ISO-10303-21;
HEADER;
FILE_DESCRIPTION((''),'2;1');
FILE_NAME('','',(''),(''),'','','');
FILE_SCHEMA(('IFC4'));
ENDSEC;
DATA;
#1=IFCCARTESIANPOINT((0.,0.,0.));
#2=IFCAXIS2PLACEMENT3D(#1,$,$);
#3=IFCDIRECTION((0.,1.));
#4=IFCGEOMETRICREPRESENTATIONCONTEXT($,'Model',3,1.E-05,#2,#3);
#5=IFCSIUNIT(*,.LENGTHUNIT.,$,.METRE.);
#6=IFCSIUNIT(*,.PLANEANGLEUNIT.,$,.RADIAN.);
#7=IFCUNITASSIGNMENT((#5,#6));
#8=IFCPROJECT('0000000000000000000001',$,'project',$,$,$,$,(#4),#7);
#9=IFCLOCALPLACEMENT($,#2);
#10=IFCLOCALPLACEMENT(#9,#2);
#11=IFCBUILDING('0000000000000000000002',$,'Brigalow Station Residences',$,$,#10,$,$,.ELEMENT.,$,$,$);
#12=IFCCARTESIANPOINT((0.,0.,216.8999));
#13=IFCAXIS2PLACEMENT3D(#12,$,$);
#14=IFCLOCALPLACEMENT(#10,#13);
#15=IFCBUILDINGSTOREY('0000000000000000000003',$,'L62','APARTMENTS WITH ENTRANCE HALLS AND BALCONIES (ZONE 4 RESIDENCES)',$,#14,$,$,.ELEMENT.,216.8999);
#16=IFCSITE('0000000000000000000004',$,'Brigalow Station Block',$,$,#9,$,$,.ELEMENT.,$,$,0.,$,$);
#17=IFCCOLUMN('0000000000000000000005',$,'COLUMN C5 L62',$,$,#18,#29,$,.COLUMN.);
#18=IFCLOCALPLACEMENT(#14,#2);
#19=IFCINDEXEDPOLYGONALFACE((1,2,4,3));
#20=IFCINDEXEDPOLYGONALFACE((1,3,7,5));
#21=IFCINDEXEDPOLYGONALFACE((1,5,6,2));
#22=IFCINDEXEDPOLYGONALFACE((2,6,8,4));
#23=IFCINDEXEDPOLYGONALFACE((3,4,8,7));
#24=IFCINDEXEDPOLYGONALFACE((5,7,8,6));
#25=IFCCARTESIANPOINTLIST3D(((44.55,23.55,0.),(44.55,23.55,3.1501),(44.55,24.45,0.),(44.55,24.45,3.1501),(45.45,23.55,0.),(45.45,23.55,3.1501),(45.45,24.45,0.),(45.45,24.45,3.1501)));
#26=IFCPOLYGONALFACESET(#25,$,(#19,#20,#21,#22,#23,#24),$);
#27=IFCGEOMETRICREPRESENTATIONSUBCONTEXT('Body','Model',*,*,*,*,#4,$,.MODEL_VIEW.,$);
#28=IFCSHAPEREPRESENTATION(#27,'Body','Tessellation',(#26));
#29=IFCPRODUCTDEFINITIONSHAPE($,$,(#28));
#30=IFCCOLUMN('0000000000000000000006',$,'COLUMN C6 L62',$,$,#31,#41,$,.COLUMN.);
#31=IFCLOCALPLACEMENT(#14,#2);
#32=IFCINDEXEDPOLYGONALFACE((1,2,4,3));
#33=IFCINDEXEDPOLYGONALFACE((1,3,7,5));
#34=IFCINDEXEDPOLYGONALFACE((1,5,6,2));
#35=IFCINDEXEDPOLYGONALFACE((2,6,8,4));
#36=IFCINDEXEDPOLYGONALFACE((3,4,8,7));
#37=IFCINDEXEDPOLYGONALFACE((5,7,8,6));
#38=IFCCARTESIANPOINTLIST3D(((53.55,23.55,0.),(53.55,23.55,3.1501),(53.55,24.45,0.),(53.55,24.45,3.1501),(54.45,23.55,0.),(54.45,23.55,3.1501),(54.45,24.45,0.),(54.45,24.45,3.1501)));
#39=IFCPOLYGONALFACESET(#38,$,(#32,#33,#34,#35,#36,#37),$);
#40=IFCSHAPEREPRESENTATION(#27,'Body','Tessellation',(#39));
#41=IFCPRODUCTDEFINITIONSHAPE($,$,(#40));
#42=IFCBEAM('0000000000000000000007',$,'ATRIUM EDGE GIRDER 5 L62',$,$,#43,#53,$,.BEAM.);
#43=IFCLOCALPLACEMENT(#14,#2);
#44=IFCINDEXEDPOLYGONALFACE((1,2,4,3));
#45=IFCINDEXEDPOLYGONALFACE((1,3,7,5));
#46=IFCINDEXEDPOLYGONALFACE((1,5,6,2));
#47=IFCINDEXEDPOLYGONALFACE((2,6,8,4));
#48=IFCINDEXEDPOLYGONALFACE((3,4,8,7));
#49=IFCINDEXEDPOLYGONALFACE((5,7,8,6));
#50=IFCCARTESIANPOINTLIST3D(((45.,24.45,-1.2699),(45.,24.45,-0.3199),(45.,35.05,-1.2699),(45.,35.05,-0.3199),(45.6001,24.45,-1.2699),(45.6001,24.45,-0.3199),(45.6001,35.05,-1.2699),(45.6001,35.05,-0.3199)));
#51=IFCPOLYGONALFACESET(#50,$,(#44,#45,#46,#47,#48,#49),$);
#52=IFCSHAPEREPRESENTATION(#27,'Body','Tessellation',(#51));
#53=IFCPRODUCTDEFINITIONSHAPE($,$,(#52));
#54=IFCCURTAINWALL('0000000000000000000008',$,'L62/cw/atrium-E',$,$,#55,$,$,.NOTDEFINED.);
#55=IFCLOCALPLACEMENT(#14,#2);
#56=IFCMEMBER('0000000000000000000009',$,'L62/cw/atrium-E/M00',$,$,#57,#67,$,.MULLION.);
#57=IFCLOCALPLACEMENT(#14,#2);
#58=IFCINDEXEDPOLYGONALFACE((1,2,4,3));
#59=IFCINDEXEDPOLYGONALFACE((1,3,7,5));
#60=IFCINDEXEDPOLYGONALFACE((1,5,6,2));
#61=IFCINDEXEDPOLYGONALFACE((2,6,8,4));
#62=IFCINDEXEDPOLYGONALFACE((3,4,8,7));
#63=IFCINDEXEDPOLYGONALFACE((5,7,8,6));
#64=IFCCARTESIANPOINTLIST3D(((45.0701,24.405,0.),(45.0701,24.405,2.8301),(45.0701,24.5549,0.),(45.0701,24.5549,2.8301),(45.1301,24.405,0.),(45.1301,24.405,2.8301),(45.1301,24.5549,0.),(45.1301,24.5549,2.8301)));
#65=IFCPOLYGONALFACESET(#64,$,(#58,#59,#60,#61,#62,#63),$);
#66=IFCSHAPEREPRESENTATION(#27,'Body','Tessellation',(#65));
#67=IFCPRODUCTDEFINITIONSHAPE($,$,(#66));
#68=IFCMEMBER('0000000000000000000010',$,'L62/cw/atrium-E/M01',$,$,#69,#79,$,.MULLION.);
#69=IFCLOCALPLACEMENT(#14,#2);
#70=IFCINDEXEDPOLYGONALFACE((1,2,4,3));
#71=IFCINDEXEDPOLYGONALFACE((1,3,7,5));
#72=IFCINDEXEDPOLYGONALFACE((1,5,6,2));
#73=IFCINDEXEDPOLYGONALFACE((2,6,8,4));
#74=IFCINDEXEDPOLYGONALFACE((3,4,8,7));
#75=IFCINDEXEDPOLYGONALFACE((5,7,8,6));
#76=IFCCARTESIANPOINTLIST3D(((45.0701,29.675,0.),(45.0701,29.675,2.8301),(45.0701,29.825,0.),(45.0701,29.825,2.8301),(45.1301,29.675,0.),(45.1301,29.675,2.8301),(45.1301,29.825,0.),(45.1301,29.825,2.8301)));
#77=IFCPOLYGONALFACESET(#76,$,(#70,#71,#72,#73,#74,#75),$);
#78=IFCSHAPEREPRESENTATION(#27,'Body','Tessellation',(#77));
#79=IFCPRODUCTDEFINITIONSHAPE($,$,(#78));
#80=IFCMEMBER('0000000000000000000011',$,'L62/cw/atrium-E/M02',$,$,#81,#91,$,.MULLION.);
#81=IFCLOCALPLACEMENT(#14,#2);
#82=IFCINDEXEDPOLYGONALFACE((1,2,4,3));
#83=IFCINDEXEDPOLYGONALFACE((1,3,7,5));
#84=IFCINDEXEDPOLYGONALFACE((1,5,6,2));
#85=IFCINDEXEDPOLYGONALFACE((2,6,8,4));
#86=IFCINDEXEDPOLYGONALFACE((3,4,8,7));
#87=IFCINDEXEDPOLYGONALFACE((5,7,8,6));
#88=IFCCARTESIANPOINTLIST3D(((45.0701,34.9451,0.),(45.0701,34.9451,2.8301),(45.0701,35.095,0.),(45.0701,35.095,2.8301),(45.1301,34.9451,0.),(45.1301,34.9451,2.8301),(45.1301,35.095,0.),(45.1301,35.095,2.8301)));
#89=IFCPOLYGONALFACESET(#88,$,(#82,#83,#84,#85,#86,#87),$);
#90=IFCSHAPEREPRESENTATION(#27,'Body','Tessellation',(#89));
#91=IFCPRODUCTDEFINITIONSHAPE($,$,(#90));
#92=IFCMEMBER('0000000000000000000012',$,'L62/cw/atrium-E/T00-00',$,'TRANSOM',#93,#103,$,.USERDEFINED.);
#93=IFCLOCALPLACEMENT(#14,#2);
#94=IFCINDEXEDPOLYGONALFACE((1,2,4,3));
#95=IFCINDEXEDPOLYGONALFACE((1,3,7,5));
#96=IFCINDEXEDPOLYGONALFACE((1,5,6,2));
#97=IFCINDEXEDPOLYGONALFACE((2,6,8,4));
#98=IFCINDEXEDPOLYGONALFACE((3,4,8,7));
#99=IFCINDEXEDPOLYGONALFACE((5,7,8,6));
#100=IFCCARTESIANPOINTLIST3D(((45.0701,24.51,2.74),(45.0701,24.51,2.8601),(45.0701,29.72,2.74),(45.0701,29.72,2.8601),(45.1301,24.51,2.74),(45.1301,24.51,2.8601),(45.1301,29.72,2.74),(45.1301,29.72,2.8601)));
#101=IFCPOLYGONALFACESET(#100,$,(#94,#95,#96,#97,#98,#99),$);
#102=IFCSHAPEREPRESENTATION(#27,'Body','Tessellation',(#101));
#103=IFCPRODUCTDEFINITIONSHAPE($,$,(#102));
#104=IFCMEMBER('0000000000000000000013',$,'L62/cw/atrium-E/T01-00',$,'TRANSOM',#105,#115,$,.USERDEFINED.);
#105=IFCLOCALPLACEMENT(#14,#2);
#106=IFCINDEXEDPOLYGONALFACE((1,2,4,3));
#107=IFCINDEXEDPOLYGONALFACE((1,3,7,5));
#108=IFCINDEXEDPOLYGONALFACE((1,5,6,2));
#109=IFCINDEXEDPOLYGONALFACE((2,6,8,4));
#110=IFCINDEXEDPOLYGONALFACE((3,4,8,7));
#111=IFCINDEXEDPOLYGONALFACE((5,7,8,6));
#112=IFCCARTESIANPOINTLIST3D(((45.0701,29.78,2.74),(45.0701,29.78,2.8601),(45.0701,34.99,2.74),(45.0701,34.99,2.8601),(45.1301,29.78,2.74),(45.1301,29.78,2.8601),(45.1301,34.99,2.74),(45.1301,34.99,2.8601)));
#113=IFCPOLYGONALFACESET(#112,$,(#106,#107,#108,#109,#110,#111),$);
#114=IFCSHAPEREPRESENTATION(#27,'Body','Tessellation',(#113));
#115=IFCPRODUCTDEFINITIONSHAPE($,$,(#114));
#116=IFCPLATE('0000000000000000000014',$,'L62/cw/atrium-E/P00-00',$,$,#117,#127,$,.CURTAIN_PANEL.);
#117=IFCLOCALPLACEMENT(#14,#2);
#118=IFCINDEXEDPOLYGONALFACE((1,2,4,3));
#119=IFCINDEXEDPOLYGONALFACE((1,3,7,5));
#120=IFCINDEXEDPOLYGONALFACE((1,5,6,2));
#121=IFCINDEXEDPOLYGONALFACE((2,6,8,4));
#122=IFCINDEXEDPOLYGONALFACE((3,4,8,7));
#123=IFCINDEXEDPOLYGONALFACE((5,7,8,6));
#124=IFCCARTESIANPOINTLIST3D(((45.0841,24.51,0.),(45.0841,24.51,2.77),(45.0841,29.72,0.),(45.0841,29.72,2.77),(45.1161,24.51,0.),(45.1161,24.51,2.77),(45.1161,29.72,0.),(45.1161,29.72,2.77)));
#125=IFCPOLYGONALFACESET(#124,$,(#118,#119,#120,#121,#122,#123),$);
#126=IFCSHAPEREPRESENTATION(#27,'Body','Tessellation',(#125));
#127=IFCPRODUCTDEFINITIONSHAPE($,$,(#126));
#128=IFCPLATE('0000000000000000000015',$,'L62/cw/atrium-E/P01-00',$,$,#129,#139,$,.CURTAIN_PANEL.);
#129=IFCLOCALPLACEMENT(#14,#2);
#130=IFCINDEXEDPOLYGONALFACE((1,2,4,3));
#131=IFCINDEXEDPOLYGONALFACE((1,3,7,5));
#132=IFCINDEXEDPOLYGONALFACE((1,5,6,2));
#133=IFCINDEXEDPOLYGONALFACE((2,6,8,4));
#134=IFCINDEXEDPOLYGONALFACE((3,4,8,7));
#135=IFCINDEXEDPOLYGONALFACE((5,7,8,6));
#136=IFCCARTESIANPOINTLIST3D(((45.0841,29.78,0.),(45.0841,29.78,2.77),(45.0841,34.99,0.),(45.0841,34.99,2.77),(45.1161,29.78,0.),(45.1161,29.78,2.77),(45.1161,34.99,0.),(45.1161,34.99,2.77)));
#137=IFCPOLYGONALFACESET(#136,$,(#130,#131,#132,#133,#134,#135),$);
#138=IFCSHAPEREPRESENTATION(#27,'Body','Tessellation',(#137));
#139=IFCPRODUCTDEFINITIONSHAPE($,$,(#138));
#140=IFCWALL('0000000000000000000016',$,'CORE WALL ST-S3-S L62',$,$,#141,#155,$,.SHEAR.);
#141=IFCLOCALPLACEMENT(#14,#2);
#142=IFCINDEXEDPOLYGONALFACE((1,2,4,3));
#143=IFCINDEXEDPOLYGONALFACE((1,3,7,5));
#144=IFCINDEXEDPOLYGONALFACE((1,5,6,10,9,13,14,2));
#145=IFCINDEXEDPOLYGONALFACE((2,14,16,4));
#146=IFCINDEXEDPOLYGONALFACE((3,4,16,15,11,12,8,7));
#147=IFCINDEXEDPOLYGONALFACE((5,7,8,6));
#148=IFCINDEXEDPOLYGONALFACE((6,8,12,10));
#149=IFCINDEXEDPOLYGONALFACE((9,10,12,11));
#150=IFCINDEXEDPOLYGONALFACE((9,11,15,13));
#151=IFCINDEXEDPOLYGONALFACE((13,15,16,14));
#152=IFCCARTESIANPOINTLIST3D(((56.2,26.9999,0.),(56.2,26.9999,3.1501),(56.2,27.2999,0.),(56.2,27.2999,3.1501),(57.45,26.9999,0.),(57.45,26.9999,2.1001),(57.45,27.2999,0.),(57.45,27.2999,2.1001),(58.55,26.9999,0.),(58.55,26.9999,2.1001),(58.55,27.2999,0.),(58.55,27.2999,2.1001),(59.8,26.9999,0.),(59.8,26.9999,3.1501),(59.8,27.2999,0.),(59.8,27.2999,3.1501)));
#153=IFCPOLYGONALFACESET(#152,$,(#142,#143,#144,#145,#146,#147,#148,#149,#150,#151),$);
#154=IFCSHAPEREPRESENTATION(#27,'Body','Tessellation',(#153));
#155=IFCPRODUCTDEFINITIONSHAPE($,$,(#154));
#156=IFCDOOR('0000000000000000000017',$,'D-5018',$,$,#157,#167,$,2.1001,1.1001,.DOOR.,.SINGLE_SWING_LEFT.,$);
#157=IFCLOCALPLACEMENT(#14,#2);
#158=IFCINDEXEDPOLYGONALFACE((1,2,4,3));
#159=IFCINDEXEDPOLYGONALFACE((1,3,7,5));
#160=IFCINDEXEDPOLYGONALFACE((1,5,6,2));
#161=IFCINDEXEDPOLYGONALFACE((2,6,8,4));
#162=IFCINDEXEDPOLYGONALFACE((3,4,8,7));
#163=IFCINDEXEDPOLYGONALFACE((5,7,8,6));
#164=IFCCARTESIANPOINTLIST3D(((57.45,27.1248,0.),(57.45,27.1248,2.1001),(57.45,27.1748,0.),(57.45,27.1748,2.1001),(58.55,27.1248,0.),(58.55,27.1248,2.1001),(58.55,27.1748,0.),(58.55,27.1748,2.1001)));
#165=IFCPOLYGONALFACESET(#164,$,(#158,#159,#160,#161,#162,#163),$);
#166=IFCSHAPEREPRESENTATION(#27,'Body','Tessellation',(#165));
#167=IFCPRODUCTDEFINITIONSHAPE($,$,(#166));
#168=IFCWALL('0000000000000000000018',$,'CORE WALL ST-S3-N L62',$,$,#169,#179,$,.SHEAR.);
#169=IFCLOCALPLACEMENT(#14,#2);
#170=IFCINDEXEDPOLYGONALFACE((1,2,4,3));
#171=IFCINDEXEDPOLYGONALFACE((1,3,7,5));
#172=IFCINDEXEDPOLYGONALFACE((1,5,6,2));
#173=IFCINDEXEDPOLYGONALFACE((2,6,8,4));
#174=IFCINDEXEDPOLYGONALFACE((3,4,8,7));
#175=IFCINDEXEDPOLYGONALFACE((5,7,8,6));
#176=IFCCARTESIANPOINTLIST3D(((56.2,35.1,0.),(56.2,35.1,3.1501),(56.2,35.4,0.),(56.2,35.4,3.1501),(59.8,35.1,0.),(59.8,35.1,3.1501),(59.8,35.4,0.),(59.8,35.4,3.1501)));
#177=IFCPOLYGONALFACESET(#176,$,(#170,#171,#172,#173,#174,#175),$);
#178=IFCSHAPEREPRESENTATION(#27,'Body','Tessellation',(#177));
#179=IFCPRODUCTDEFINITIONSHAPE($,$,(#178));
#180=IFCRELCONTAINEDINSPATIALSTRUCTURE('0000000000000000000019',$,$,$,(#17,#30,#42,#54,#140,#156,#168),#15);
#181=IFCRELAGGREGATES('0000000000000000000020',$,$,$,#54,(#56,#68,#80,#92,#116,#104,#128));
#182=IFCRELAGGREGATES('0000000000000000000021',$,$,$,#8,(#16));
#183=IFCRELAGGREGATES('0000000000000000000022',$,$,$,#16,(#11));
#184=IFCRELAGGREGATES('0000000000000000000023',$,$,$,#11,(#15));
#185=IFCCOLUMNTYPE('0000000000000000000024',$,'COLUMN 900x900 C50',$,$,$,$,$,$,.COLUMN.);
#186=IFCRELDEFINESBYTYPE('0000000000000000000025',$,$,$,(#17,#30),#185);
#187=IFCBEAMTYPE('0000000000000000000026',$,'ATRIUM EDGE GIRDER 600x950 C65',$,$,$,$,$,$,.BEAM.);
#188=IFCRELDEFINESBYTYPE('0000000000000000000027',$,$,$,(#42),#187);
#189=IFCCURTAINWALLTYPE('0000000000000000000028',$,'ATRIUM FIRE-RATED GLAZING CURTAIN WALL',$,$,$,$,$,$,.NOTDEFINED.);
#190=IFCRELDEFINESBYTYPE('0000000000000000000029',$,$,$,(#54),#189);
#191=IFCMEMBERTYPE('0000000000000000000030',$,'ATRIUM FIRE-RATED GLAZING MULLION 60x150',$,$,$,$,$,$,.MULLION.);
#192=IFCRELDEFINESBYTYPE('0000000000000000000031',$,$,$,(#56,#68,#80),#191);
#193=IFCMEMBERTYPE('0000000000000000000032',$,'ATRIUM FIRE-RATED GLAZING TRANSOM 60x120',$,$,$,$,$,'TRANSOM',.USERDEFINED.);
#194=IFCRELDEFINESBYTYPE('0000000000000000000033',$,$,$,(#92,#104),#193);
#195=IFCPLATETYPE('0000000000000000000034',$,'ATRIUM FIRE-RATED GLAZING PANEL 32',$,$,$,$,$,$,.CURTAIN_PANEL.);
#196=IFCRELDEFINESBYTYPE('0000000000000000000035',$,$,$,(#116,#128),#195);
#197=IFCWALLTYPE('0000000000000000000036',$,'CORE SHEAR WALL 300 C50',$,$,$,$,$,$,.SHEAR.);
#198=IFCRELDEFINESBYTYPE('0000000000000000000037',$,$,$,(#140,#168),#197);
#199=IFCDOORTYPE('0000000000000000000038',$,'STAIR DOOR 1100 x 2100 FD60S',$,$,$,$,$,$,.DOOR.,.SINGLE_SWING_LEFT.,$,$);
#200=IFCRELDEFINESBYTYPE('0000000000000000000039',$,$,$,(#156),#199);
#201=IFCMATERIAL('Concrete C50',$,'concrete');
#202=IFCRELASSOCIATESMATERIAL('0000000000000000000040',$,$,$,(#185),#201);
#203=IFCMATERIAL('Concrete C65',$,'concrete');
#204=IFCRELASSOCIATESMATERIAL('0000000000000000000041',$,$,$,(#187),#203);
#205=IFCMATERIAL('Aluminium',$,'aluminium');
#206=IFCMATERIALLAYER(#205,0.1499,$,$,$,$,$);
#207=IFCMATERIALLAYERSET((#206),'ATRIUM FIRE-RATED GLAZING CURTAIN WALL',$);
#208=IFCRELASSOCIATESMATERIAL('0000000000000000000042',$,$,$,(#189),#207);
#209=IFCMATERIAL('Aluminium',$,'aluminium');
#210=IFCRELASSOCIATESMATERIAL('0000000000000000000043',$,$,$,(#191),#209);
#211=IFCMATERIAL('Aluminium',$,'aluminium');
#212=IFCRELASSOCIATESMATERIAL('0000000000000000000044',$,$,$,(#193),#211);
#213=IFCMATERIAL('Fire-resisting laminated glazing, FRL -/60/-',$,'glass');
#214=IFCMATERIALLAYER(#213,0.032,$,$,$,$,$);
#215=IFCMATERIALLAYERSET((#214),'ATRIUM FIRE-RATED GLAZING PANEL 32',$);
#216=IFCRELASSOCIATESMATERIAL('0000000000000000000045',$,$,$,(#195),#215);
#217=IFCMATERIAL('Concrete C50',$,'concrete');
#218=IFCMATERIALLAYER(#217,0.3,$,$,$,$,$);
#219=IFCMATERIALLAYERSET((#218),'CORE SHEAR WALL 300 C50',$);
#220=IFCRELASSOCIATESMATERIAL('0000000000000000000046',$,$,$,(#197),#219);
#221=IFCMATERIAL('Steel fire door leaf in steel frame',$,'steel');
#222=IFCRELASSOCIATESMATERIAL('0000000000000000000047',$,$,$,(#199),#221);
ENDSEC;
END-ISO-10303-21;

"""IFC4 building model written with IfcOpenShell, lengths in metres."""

from ifc_helpers import new_model, si_unit, direction, frame, frame_2d, origin, origin_2d, place, context, subcontext, project, spatial, rectangle, extrude, material, layer, layer_set, material_profile, profile_set, type_object, element, fill, aggregate, save


model = new_model("IFC4")

# Units and contexts
model_context = context("Model", 3, precision=1e-05, world=origin(), true_north=direction((0.0, 1.0)))
body_context = subcontext(model_context, "Body", "Model", "MODEL_VIEW")
ifc_project = project(units=[si_unit("LENGTHUNIT", "METRE"), si_unit("PLANEANGLEUNIT", "RADIAN")], contexts=[model_context])

# Site, building, storey
site_placement = place(None, origin())
site = spatial("IfcSite", under=ifc_project, at=site_placement, Name="Brigalow Station Block", CompositionType="ELEMENT", RefElevation=0.0)
building_placement = place(site_placement, origin())
building = spatial("IfcBuilding", under=site, at=building_placement, Name="Brigalow Station Residences", CompositionType="ELEMENT")
storey_placement = place(building_placement, frame((0.0, 0.0, 216.8999)))
storey = spatial("IfcBuildingStorey", under=building, at=storey_placement, Name="L62", Description="APARTMENTS WITH ENTRANCE HALLS AND BALCONIES (ZONE 4 RESIDENCES)", CompositionType="ELEMENT", Elevation=216.8999)

# Columns
ifc_material_1 = material(Name="Concrete C50", Category="concrete")
ifc_material_profile_1 = material_profile(ifc_material_1, rectangle(XDim=0.8999, YDim=0.8999, at=origin_2d()), Name="RC900x900")
ifc_profile_set_1 = profile_set([ifc_material_profile_1], Name="Concrete C50")
column_type = type_object("IfcColumnType", Name="COLUMN 900x900 C50", PredefinedType="COLUMN", material=ifc_profile_set_1)
for number, where, z_axis, x_axis, name in (
    (1, (45.0, 24.0, 0.0), (0.0, 0.0, 1.0), (1.0, 0.0, 0.0), "COLUMN C5 L62"),
    (2, (54.0, 24.0, 0.0), (0.0, 0.0, 1.0), (1.0, 0.0, 0.0), "COLUMN C6 L62"),
):
    element("IfcColumn", number, at=place(storey_placement, frame(where, z_axis=z_axis, x_axis=x_axis)), inside=storey, type_object=column_type, Name=name, PredefinedType="COLUMN", context=body_context, shape_type="SweptSolid", body=[
        extrude(rectangle(XDim=0.8999, YDim=0.8999, at=origin_2d()), origin(), (0.0, 0.0, 1.0), 3.1501),
    ])

# Beam
ifc_material_2 = material(Name="Concrete C65", Category="concrete")
ifc_material_profile_2 = material_profile(ifc_material_2, rectangle(XDim=0.6001, YDim=0.95, at=origin_2d()), Name="RC600x950")
ifc_profile_set_2 = profile_set([ifc_material_profile_2], Name="Concrete C65")
beam_type = type_object("IfcBeamType", Name="ATRIUM EDGE GIRDER 600x950 C65", PredefinedType="BEAM", material=ifc_profile_set_2)
beam_placement = place(storey_placement, frame((45.3, 24.45, -0.7949), z_axis=(0.0, 1.0, 0.0), x_axis=(-1.0, 0.0, 0.0)))
element("IfcBeam", 3, at=beam_placement, inside=storey, type_object=beam_type, Name="ATRIUM EDGE GIRDER 5 L62", PredefinedType="BEAM", context=body_context, shape_type="SweptSolid", body=[
    extrude(rectangle(XDim=0.6001, YDim=0.95, at=origin_2d()), origin(), (0.0, 0.0, 1.0), 10.6001),
])

# Curtain wall, members, plates
ifc_material_3 = material(Name="Aluminium", Category="aluminium")
ifc_layer_1 = layer(ifc_material_3, 0.1499)
ifc_layer_set_1 = layer_set([ifc_layer_1], Name="ATRIUM FIRE-RATED GLAZING CURTAIN WALL")
curtain_wall_type = type_object("IfcCurtainWallType", Name="ATRIUM FIRE-RATED GLAZING CURTAIN WALL", PredefinedType="NOTDEFINED", material=ifc_layer_set_1)
curtain_wall_placement = place(storey_placement, origin())
curtain_wall = element("IfcCurtainWall", 4, at=curtain_wall_placement, inside=storey, type_object=curtain_wall_type, Name="L62/cw/atrium-E", PredefinedType="NOTDEFINED")
ifc_material_4 = material(Name="Aluminium", Category="aluminium")
ifc_material_profile_3 = material_profile(ifc_material_4, rectangle(XDim=0.0601, YDim=0.1499, at=origin_2d()), Name="ATRIUM FIRE-RATED GLAZING MULLION 60x150")
ifc_profile_set_3 = profile_set([ifc_material_profile_3], Name="Aluminium")
member_type_1 = type_object("IfcMemberType", Name="ATRIUM FIRE-RATED GLAZING MULLION 60x150", PredefinedType="MULLION", material=ifc_profile_set_3)
member_1_placement = place(storey_placement, frame((45.1001, 24.48, 0.0), z_axis=(0.0, 0.0, 1.0), x_axis=(-1.0, 0.0, 0.0)))
member_1 = element("IfcMember", 5, at=member_1_placement, type_object=member_type_1, Name="L62/cw/atrium-E/M00", PredefinedType="MULLION", context=body_context, shape_type="SweptSolid", body=[
    extrude(rectangle(XDim=0.0601, YDim=0.1499, at=origin_2d()), origin(), (0.0, 0.0, 1.0), 2.8301),
])
member_2_placement = place(storey_placement, frame((45.1001, 29.75, 0.0), z_axis=(0.0, 0.0, 1.0), x_axis=(-1.0, 0.0, 0.0)))
member_2 = element("IfcMember", 6, at=member_2_placement, type_object=member_type_1, Name="L62/cw/atrium-E/M01", PredefinedType="MULLION", context=body_context, shape_type="SweptSolid", body=[
    extrude(rectangle(XDim=0.0601, YDim=0.1499, at=origin_2d()), origin(), (0.0, 0.0, 1.0), 2.8301),
])
member_3_placement = place(storey_placement, frame((45.1001, 35.02, 0.0), z_axis=(0.0, 0.0, 1.0), x_axis=(-1.0, 0.0, 0.0)))
member_3 = element("IfcMember", 7, at=member_3_placement, type_object=member_type_1, Name="L62/cw/atrium-E/M02", PredefinedType="MULLION", context=body_context, shape_type="SweptSolid", body=[
    extrude(rectangle(XDim=0.0601, YDim=0.1499, at=origin_2d()), origin(), (0.0, 0.0, 1.0), 2.8301),
])
ifc_material_5 = material(Name="Aluminium", Category="aluminium")
ifc_material_profile_4 = material_profile(ifc_material_5, rectangle(XDim=0.0601, YDim=0.1201, at=origin_2d()), Name="ATRIUM FIRE-RATED GLAZING TRANSOM 60x120")
ifc_profile_set_4 = profile_set([ifc_material_profile_4], Name="Aluminium")
member_type_2 = type_object("IfcMemberType", Name="ATRIUM FIRE-RATED GLAZING TRANSOM 60x120", ElementType="TRANSOM", PredefinedType="USERDEFINED", material=ifc_profile_set_4)
member_4_placement = place(storey_placement, frame((45.1001, 24.51, 2.8), z_axis=(0.0, 1.0, 0.0), x_axis=(-1.0, 0.0, 0.0)))
member_4 = element("IfcMember", 8, at=member_4_placement, type_object=member_type_2, Name="L62/cw/atrium-E/T00-00", ObjectType="TRANSOM", PredefinedType="USERDEFINED", context=body_context, shape_type="SweptSolid", body=[
    extrude(rectangle(XDim=0.0601, YDim=0.1201, at=origin_2d()), origin(), (0.0, 0.0, 1.0), 5.21),
])
member_5_placement = place(storey_placement, frame((45.1001, 29.78, 2.8), z_axis=(0.0, 1.0, 0.0), x_axis=(-1.0, 0.0, 0.0)))
member_5 = element("IfcMember", 9, at=member_5_placement, type_object=member_type_2, Name="L62/cw/atrium-E/T01-00", ObjectType="TRANSOM", PredefinedType="USERDEFINED", context=body_context, shape_type="SweptSolid", body=[
    extrude(rectangle(XDim=0.0601, YDim=0.1201, at=origin_2d()), origin(), (0.0, 0.0, 1.0), 5.21),
])
ifc_material_6 = material(Name="Fire-resisting laminated glazing, FRL -/60/-", Category="glass")
ifc_layer_2 = layer(ifc_material_6, 0.032)
ifc_layer_set_2 = layer_set([ifc_layer_2], Name="ATRIUM FIRE-RATED GLAZING PANEL 32")
plate_type = type_object("IfcPlateType", Name="ATRIUM FIRE-RATED GLAZING PANEL 32", PredefinedType="CURTAIN_PANEL", material=ifc_layer_set_2)
plate_1_placement = place(storey_placement, frame((45.1001, 27.115, 0.0), z_axis=(0.0, 0.0, 1.0), x_axis=(0.0, 1.0, 0.0)))
plate_1 = element("IfcPlate", 10, at=plate_1_placement, type_object=plate_type, Name="L62/cw/atrium-E/P00-00", PredefinedType="CURTAIN_PANEL", context=body_context, shape_type="SweptSolid", body=[
    extrude(rectangle(XDim=5.21, YDim=0.032, at=origin_2d()), origin(), (0.0, 0.0, 1.0), 2.77),
])
plate_2_placement = place(storey_placement, frame((45.1001, 32.385, 0.0), z_axis=(0.0, 0.0, 1.0), x_axis=(0.0, 1.0, 0.0)))
plate_2 = element("IfcPlate", 11, at=plate_2_placement, type_object=plate_type, Name="L62/cw/atrium-E/P01-00", PredefinedType="CURTAIN_PANEL", context=body_context, shape_type="SweptSolid", body=[
    extrude(rectangle(XDim=5.21, YDim=0.032, at=origin_2d()), origin(), (0.0, 0.0, 1.0), 2.77),
])
aggregate(curtain_wall, [member_1, member_2, member_3, member_4, plate_1, member_5, plate_2])

# Wall, opening, door
ifc_material_7 = material(Name="Concrete C50", Category="concrete")
ifc_layer_3 = layer(ifc_material_7, 0.3)
ifc_layer_set_3 = layer_set([ifc_layer_3], Name="CORE SHEAR WALL 300 C50")
wall_type_1 = type_object("IfcWallType", Name="CORE SHEAR WALL 300 C50", PredefinedType="SHEAR", material=ifc_layer_set_3)
wall_1_placement = place(storey_placement, frame((56.2, 27.1499, 0.0), z_axis=(0.0, 0.0, 1.0), x_axis=(1.0, 0.0, 0.0)))
wall_1 = element("IfcWall", 12, at=wall_1_placement, inside=storey, type_object=wall_type_1, Name="CORE WALL ST-S3-S L62", PredefinedType="SHEAR", context=body_context, shape_type="SweptSolid", body=[
    extrude(rectangle(XDim=3.6001, YDim=0.3, at=frame_2d((1.8, 0.0))), origin(), (0.0, 0.0, 1.0), 3.1501),
])
opening_1_placement = place(wall_1_placement, frame((1.25, 0.0, 0.0)))
opening_1 = element("IfcOpeningElement", 13, at=opening_1_placement, cuts=wall_1, PredefinedType="OPENING", context=body_context, shape_type="SweptSolid", body=[
    extrude(rectangle(XDim=1.1001, YDim=2.1001, at=frame_2d((0.55, 1.05))), frame((0.0, 0.1602, 0.0), z_axis=(0.0, -1.0, 0.0), x_axis=(1.0, 0.0, 0.0)), (0.0, 0.0, 1.0), 0.3201),
])
ifc_material_8 = material(Name="Steel fire door leaf in steel frame", Category="steel")
door_type_1 = type_object("IfcDoorType", Name="STAIR DOOR 1100 x 2100 FD60S", OperationType="SINGLE_SWING_LEFT", PredefinedType="DOOR", material=ifc_material_8)
door_1_placement = place(opening_1_placement, origin())
door_1 = element("IfcDoor", 14, at=door_1_placement, inside=storey, type_object=door_type_1, Name="D-5018", OperationType="SINGLE_SWING_LEFT", OverallHeight=2.1001, OverallWidth=1.1001, PredefinedType="DOOR", context=body_context, shape_type="SweptSolid", body=[
    extrude(rectangle(XDim=1.1001, YDim=2.1001, at=frame_2d((0.55, 1.05))), frame((0.0, 0.0249, 0.0), z_axis=(0.0, -1.0, 0.0), x_axis=(1.0, 0.0, 0.0)), (0.0, 0.0, 1.0), 0.05),
])
fill(opening_1, door_1)

# Wall
wall_2_placement = place(storey_placement, frame((56.2, 35.25, 0.0), z_axis=(0.0, 0.0, 1.0), x_axis=(1.0, 0.0, 0.0)))
element("IfcWall", 15, at=wall_2_placement, inside=storey, type_object=wall_type_1, Name="CORE WALL ST-S3-N L62", PredefinedType="SHEAR", context=body_context, shape_type="SweptSolid", body=[
    extrude(rectangle(XDim=3.6001, YDim=0.3, at=frame_2d((1.8, 0.0))), origin(), (0.0, 0.0, 1.0), 3.1501),
])

save(model, "model.ifc")
